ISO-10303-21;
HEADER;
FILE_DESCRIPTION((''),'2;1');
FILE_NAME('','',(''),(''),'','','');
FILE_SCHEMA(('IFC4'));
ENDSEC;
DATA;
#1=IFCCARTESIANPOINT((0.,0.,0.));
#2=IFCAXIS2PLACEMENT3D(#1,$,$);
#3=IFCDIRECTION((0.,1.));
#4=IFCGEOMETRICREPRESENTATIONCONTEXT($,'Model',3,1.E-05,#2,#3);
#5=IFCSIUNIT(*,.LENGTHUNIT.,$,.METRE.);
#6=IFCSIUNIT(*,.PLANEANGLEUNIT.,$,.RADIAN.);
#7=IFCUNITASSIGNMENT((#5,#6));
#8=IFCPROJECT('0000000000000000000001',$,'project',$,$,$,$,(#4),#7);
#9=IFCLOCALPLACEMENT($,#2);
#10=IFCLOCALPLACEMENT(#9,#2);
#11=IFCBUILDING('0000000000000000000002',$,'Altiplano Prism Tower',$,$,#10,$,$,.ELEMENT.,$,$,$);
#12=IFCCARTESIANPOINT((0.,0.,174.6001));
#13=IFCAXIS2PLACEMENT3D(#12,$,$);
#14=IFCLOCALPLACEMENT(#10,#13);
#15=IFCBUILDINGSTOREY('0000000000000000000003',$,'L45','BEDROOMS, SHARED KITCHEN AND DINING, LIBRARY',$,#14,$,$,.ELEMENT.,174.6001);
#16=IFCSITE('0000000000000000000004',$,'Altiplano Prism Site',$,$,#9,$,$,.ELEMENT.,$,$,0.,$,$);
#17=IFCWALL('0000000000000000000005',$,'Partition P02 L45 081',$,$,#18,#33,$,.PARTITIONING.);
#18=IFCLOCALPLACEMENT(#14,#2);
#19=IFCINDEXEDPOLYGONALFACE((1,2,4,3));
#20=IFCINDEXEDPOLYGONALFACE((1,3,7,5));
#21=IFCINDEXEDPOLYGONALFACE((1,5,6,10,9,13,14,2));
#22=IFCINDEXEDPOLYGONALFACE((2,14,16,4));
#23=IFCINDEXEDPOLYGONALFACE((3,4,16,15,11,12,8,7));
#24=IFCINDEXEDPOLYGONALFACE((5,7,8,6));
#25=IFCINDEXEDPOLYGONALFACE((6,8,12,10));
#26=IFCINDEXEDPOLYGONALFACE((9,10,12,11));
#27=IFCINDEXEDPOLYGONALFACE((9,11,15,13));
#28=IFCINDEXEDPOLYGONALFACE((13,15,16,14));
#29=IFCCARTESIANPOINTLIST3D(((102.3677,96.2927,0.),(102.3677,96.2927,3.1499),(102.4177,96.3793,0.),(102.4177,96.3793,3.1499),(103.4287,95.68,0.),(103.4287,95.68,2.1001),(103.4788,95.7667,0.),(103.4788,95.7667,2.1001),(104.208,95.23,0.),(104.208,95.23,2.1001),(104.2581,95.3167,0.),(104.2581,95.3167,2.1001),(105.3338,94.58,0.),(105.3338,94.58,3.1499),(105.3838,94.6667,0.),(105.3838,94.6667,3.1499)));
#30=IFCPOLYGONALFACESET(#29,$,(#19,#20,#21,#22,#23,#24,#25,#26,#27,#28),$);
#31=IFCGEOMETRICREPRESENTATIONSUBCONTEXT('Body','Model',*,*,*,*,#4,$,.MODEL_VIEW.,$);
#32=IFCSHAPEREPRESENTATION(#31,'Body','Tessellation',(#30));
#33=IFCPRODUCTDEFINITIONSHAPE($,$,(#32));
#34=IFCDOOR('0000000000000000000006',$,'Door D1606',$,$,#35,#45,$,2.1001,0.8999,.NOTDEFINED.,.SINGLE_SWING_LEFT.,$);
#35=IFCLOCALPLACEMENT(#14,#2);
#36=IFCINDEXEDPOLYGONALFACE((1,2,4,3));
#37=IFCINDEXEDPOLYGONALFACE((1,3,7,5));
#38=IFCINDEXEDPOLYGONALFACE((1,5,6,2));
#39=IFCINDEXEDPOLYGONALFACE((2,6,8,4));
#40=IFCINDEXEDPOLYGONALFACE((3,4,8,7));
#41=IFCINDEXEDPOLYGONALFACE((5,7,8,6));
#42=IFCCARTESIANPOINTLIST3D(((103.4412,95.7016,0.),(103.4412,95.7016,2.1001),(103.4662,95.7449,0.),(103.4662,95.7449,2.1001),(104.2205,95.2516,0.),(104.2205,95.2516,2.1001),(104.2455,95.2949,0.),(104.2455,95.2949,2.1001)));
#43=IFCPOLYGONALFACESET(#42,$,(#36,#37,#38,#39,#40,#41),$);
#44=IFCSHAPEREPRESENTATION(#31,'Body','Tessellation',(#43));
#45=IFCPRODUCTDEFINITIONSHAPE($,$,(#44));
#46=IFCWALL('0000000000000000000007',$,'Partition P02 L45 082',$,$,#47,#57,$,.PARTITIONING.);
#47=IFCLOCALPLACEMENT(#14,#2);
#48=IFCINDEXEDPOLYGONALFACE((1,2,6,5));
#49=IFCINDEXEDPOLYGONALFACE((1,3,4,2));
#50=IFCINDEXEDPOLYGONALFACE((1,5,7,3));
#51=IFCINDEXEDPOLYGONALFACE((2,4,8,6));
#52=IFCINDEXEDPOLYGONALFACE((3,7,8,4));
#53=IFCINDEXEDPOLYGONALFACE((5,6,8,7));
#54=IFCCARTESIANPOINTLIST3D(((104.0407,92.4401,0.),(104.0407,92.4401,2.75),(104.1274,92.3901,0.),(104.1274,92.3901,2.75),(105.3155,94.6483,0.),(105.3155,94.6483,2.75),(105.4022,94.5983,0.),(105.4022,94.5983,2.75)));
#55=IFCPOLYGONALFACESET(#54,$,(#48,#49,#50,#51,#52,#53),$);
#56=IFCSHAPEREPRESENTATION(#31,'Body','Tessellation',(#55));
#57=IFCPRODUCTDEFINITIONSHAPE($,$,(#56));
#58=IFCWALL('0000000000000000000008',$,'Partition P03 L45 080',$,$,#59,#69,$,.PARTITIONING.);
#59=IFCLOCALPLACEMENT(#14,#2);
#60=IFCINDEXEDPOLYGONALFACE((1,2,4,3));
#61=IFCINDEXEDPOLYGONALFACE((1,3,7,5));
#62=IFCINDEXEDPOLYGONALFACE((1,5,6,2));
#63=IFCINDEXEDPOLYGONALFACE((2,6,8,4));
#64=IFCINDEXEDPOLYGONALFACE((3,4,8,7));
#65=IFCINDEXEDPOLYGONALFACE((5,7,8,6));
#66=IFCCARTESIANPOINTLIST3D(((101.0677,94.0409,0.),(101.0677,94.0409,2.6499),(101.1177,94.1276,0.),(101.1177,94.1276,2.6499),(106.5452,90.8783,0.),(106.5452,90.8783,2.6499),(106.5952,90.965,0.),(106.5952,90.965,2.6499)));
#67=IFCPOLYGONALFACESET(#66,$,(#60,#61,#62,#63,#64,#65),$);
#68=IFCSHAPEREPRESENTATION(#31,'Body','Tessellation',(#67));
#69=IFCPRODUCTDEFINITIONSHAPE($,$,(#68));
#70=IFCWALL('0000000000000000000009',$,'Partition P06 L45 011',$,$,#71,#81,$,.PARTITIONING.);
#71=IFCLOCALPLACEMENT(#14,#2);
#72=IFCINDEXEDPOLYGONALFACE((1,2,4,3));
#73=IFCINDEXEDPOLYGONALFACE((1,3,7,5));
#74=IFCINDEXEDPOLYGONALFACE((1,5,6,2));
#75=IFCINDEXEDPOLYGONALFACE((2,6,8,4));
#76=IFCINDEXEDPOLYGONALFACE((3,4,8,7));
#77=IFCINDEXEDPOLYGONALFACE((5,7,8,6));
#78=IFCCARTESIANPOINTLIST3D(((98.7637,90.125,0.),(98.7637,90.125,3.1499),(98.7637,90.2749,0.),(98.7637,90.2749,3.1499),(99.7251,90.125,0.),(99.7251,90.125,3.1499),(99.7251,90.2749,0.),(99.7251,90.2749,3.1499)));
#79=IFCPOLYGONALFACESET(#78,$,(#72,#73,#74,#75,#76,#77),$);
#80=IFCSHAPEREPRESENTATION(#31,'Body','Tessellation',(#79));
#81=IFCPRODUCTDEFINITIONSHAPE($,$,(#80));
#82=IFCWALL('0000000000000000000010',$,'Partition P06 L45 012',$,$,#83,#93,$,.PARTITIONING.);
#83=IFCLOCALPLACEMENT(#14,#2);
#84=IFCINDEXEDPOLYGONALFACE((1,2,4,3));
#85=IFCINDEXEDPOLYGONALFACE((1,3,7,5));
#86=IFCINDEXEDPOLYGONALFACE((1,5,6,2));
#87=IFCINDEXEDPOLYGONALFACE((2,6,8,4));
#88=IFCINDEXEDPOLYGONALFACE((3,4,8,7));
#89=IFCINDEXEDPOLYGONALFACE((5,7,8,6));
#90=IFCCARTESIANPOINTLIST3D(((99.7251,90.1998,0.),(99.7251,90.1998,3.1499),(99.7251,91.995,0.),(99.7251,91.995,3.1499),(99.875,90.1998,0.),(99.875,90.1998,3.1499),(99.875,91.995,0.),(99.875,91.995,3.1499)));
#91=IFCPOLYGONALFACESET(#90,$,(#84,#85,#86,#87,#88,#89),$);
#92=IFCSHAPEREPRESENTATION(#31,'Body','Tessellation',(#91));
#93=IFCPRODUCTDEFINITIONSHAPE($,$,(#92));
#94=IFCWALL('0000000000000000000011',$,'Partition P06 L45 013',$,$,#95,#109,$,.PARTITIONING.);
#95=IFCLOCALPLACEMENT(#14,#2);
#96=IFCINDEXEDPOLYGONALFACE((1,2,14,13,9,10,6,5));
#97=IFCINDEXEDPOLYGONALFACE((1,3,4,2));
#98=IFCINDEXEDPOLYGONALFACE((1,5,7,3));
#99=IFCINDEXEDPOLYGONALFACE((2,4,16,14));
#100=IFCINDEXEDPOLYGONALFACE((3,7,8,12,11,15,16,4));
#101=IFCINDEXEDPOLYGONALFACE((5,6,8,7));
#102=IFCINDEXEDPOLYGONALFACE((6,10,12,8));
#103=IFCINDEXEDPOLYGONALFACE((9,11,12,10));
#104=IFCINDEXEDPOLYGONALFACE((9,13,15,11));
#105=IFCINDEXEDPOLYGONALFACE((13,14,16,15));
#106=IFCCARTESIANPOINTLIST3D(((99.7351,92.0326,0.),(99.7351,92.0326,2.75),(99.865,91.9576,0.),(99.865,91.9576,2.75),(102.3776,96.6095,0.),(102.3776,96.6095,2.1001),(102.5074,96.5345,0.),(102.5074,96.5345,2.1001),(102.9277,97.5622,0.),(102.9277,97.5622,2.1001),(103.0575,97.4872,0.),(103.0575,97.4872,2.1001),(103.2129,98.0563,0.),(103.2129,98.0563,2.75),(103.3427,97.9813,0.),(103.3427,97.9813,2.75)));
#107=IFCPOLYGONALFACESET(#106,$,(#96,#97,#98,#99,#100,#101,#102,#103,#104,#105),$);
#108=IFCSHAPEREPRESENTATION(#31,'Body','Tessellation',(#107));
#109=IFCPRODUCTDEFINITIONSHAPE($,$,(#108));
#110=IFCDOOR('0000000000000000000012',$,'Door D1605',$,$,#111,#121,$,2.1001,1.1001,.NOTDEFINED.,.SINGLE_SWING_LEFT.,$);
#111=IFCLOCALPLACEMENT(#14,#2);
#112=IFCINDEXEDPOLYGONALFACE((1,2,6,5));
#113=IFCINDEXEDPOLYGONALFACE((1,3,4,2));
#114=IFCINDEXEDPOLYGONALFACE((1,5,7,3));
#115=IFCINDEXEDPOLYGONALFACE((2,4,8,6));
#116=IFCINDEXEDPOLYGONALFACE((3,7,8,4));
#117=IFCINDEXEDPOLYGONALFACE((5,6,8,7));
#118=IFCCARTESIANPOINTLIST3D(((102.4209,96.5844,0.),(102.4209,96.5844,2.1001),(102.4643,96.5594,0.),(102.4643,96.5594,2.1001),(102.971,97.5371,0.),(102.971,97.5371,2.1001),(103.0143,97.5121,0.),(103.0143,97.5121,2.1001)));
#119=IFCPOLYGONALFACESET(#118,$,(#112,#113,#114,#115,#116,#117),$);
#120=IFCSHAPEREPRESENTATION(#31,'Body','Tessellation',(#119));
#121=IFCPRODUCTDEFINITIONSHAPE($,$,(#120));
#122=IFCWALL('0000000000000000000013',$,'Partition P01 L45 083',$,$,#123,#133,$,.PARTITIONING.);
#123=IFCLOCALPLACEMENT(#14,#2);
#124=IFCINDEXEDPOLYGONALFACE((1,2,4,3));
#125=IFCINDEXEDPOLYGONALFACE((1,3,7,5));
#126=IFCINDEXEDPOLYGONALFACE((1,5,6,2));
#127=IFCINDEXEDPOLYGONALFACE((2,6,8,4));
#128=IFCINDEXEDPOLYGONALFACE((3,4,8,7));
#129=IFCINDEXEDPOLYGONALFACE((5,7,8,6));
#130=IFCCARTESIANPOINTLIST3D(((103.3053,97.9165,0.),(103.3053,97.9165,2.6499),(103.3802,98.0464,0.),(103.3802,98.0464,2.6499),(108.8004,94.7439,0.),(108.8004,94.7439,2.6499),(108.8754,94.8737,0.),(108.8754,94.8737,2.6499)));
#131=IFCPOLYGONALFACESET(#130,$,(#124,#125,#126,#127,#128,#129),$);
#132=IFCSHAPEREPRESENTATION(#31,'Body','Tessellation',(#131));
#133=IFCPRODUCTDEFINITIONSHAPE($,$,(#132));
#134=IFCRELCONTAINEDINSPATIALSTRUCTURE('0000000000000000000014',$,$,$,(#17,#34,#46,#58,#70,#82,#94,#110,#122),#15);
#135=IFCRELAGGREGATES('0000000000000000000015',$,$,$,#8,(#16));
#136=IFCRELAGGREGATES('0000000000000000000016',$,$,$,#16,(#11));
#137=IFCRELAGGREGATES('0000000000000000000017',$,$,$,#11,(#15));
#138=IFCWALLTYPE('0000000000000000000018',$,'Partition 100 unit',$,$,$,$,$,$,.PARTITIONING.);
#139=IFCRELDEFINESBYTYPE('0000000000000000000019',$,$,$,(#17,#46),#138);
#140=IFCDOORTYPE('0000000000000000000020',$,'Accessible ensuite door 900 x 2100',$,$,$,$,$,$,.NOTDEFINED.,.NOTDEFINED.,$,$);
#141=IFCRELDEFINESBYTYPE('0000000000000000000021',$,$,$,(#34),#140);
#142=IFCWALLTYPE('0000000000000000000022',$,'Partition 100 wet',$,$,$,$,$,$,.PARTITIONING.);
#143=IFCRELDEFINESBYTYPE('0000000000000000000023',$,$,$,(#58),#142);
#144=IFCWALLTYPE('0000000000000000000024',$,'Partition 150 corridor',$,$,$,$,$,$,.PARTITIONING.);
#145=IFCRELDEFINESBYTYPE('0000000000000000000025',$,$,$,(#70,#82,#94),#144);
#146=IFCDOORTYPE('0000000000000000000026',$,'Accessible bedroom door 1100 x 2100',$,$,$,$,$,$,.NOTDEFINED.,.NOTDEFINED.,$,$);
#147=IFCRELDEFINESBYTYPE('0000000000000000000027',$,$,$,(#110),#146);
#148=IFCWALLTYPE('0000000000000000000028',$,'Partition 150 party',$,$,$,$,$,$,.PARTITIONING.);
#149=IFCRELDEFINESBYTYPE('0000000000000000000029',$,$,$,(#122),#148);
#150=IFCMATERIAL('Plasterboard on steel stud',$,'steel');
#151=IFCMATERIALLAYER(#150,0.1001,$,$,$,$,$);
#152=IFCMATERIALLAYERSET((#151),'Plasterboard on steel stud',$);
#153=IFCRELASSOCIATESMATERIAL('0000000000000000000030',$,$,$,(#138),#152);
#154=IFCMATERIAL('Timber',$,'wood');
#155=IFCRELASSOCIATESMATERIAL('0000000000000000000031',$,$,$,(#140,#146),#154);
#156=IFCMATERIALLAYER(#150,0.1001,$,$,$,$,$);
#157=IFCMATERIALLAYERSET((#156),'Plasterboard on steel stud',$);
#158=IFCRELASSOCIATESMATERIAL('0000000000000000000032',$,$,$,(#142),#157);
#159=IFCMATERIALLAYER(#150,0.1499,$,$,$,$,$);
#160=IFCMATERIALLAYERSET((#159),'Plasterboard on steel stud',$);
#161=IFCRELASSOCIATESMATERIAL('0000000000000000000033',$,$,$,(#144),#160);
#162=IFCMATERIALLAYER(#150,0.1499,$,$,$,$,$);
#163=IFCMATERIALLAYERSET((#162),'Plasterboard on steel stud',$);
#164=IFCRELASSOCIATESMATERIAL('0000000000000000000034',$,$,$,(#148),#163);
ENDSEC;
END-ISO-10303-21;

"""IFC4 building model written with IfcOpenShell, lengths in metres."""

from ifc_helpers import new_model, si_unit, direction, frame, frame_2d, origin, place, context, subcontext, project, spatial, rectangle, extrude, material, layer, layer_set, type_object, element, fill, save


model = new_model("IFC4")

# Units and contexts
model_context = context("Model", 3, precision=1e-05, world=origin(), true_north=direction((0.0, 1.0)))
body_context = subcontext(model_context, "Body", "Model", "MODEL_VIEW")
ifc_project = project(units=[si_unit("LENGTHUNIT", "METRE"), si_unit("PLANEANGLEUNIT", "RADIAN")], contexts=[model_context])

# Site, building, storey
site_placement = place(None, origin())
site = spatial("IfcSite", under=ifc_project, at=site_placement, Name="Altiplano Prism Site", CompositionType="ELEMENT", RefElevation=0.0)
building_placement = place(site_placement, origin())
building = spatial("IfcBuilding", under=site, at=building_placement, Name="Altiplano Prism Tower", CompositionType="ELEMENT")
storey_placement = place(building_placement, frame((0.0, 0.0, 174.6001)))
storey = spatial("IfcBuildingStorey", under=building, at=storey_placement, Name="L45", Description="BEDROOMS, SHARED KITCHEN AND DINING, LIBRARY", CompositionType="ELEMENT", Elevation=174.6001)

# Wall, opening, door
ifc_material_1 = material(Name="Plasterboard on steel stud", Category="steel")
ifc_layer_1 = layer(ifc_material_1, 0.1001)
ifc_layer_set_1 = layer_set([ifc_layer_1], Name="Plasterboard on steel stud")
wall_type_1 = type_object("IfcWallType", Name="Partition 100 unit", PredefinedType="PARTITIONING", material=ifc_layer_set_1)
wall_1_placement = place(storey_placement, frame((102.3928, 96.3359, 0.0), z_axis=(0.0, 0.0, 1.0), x_axis=(0.866002, -0.500041, 0.0)))
wall_1 = element("IfcWall", 1, at=wall_1_placement, inside=storey, type_object=wall_type_1, Name="Partition P02 L45 081", PredefinedType="PARTITIONING", context=body_context, shape_type="SweptSolid", body=[
    extrude(rectangle(XDim=3.425, YDim=0.1001, at=frame_2d((1.7124, 0.0))), origin(), (0.0, 0.0, 1.0), 3.1499),
])
opening_1_placement = place(wall_1_placement, frame((1.2251, 0.0, 0.0)))
opening_1 = element("IfcOpeningElement", 2, at=opening_1_placement, cuts=wall_1, PredefinedType="OPENING", context=body_context, shape_type="SweptSolid", body=[
    extrude(rectangle(XDim=0.8999, YDim=2.1001, at=frame_2d((0.45, 1.05))), frame((0.0, 0.0605, 0.0), z_axis=(0.0, -1.0, 0.0), x_axis=(1.0, 0.0, 0.0)), (0.0, 0.0, 1.0), 0.1211),
])
ifc_material_2 = material(Name="Timber", Category="wood")
door_type_1 = type_object("IfcDoorType", Name="Accessible ensuite door 900 x 2100", OperationType="NOTDEFINED", PredefinedType="NOTDEFINED", material=ifc_material_2)
door_1_placement = place(opening_1_placement, origin())
door_1 = element("IfcDoor", 3, at=door_1_placement, inside=storey, type_object=door_type_1, Name="Door D1606", OperationType="SINGLE_SWING_LEFT", OverallHeight=2.1001, OverallWidth=0.8999, PredefinedType="NOTDEFINED", context=body_context, shape_type="SweptSolid", body=[
    extrude(rectangle(XDim=0.8999, YDim=2.1001, at=frame_2d((0.45, 1.05))), frame((0.0, 0.0249, 0.0), z_axis=(0.0, -1.0, 0.0), x_axis=(1.0, 0.0, 0.0)), (0.0, 0.0, 1.0), 0.05),
])
fill(opening_1, door_1)

# Walls
wall_2_placement = place(storey_placement, frame((105.3589, 94.6233, 0.0), z_axis=(0.0, 0.0, 1.0), x_axis=(-0.49999, -0.866031, 0.0)))
element("IfcWall", 4, at=wall_2_placement, inside=storey, type_object=wall_type_1, Name="Partition P02 L45 082", PredefinedType="PARTITIONING", context=body_context, shape_type="SweptSolid", body=[
    extrude(rectangle(XDim=2.5498, YDim=0.1001, at=frame_2d((1.2749, 0.0))), origin(), (0.0, 0.0, 1.0), 2.75),
])
ifc_layer_2 = layer(ifc_material_1, 0.1001)
ifc_layer_set_2 = layer_set([ifc_layer_2], Name="Plasterboard on steel stud")
wall_type_2 = type_object("IfcWallType", Name="Partition 100 wet", PredefinedType="PARTITIONING", material=ifc_layer_set_2)
wall_3_placement = place(storey_placement, frame((106.5703, 90.9216, 0.0), z_axis=(0.0, 0.0, 1.0), x_axis=(-0.866016, 0.500016, 0.0)))
element("IfcWall", 5, at=wall_3_placement, inside=storey, type_object=wall_type_2, Name="Partition P03 L45 080", PredefinedType="PARTITIONING", context=body_context, shape_type="SweptSolid", body=[
    extrude(rectangle(XDim=6.325, YDim=0.1001, at=frame_2d((3.1626, 0.0))), origin(), (0.0, 0.0, 1.0), 2.6499),
])
ifc_layer_3 = layer(ifc_material_1, 0.1499)
ifc_layer_set_3 = layer_set([ifc_layer_3], Name="Plasterboard on steel stud")
wall_type_3 = type_object("IfcWallType", Name="Partition 150 corridor", PredefinedType="PARTITIONING", material=ifc_layer_set_3)
wall_4_placement = place(storey_placement, frame((98.7637, 90.2, 0.0), z_axis=(0.0, 0.0, 1.0), x_axis=(1.0, 0.0, 0.0)))
element("IfcWall", 6, at=wall_4_placement, inside=storey, type_object=wall_type_3, Name="Partition P06 L45 011", PredefinedType="PARTITIONING", context=body_context, shape_type="SweptSolid", body=[
    extrude(rectangle(XDim=0.9614, YDim=0.1499, at=frame_2d((0.4807, 0.0))), origin(), (0.0, 0.0, 1.0), 3.1499),
])
wall_5_placement = place(storey_placement, frame((99.8, 90.2, 0.0), z_axis=(0.0, 0.0, 1.0), x_axis=(0.0, 1.0, 0.0)))
element("IfcWall", 7, at=wall_5_placement, inside=storey, type_object=wall_type_3, Name="Partition P06 L45 012", PredefinedType="PARTITIONING", context=body_context, shape_type="SweptSolid", body=[
    extrude(rectangle(XDim=1.7952, YDim=0.1499, at=frame_2d((0.8975, 0.0))), origin(), (0.0, 0.0, 1.0), 3.1499),
])

# Wall, opening, door
wall_6_placement = place(storey_placement, frame((99.8, 91.9951, 0.0), z_axis=(0.0, 0.0, 1.0), x_axis=(0.500001, 0.866025, 0.0)))
wall_6 = element("IfcWall", 8, at=wall_6_placement, inside=storey, type_object=wall_type_3, Name="Partition P06 L45 013", PredefinedType="PARTITIONING", context=body_context, shape_type="SweptSolid", body=[
    extrude(rectangle(XDim=6.9556, YDim=0.1499, at=frame_2d((3.4778, 0.0))), origin(), (0.0, 0.0, 1.0), 2.75),
])
opening_2_placement = place(wall_6_placement, frame((5.2849, 0.0, 0.0)))
opening_2 = element("IfcOpeningElement", 9, at=opening_2_placement, cuts=wall_6, PredefinedType="OPENING", context=body_context, shape_type="SweptSolid", body=[
    extrude(rectangle(XDim=1.1001, YDim=2.1001, at=frame_2d((0.55, 1.05))), frame((0.0, 0.0854, 0.0), z_axis=(0.0, -1.0, 0.0), x_axis=(1.0, 0.0, 0.0)), (0.0, 0.0, 1.0), 0.1709),
])
door_type_2 = type_object("IfcDoorType", Name="Accessible bedroom door 1100 x 2100", OperationType="NOTDEFINED", PredefinedType="NOTDEFINED", material=ifc_material_2)
door_2_placement = place(opening_2_placement, origin())
door_2 = element("IfcDoor", 10, at=door_2_placement, inside=storey, type_object=door_type_2, Name="Door D1605", OperationType="SINGLE_SWING_LEFT", OverallHeight=2.1001, OverallWidth=1.1001, PredefinedType="NOTDEFINED", context=body_context, shape_type="SweptSolid", body=[
    extrude(rectangle(XDim=1.1001, YDim=2.1001, at=frame_2d((0.55, 1.05))), frame((0.0, 0.0249, 0.0), z_axis=(0.0, -1.0, 0.0), x_axis=(1.0, 0.0, 0.0)), (0.0, 0.0, 1.0), 0.05),
])
fill(opening_2, door_2)

# Wall
ifc_layer_4 = layer(ifc_material_1, 0.1499)
ifc_layer_set_4 = layer_set([ifc_layer_4], Name="Plasterboard on steel stud")
wall_type_4 = type_object("IfcWallType", Name="Partition 150 party", PredefinedType="PARTITIONING", material=ifc_layer_set_4)
wall_7_placement = place(storey_placement, frame((108.8379, 94.8088, 0.0), z_axis=(0.0, 0.0, 1.0), x_axis=(-0.866025, 0.5, 0.0)))
element("IfcWall", 11, at=wall_7_placement, inside=storey, type_object=wall_type_4, Name="Partition P01 L45 083", PredefinedType="PARTITIONING", context=body_context, shape_type="SweptSolid", body=[
    extrude(rectangle(XDim=6.3452, YDim=0.1499, at=frame_2d((3.1726, 0.0))), origin(), (0.0, 0.0, 1.0), 2.6499),
])

save(model, "model.ifc")
